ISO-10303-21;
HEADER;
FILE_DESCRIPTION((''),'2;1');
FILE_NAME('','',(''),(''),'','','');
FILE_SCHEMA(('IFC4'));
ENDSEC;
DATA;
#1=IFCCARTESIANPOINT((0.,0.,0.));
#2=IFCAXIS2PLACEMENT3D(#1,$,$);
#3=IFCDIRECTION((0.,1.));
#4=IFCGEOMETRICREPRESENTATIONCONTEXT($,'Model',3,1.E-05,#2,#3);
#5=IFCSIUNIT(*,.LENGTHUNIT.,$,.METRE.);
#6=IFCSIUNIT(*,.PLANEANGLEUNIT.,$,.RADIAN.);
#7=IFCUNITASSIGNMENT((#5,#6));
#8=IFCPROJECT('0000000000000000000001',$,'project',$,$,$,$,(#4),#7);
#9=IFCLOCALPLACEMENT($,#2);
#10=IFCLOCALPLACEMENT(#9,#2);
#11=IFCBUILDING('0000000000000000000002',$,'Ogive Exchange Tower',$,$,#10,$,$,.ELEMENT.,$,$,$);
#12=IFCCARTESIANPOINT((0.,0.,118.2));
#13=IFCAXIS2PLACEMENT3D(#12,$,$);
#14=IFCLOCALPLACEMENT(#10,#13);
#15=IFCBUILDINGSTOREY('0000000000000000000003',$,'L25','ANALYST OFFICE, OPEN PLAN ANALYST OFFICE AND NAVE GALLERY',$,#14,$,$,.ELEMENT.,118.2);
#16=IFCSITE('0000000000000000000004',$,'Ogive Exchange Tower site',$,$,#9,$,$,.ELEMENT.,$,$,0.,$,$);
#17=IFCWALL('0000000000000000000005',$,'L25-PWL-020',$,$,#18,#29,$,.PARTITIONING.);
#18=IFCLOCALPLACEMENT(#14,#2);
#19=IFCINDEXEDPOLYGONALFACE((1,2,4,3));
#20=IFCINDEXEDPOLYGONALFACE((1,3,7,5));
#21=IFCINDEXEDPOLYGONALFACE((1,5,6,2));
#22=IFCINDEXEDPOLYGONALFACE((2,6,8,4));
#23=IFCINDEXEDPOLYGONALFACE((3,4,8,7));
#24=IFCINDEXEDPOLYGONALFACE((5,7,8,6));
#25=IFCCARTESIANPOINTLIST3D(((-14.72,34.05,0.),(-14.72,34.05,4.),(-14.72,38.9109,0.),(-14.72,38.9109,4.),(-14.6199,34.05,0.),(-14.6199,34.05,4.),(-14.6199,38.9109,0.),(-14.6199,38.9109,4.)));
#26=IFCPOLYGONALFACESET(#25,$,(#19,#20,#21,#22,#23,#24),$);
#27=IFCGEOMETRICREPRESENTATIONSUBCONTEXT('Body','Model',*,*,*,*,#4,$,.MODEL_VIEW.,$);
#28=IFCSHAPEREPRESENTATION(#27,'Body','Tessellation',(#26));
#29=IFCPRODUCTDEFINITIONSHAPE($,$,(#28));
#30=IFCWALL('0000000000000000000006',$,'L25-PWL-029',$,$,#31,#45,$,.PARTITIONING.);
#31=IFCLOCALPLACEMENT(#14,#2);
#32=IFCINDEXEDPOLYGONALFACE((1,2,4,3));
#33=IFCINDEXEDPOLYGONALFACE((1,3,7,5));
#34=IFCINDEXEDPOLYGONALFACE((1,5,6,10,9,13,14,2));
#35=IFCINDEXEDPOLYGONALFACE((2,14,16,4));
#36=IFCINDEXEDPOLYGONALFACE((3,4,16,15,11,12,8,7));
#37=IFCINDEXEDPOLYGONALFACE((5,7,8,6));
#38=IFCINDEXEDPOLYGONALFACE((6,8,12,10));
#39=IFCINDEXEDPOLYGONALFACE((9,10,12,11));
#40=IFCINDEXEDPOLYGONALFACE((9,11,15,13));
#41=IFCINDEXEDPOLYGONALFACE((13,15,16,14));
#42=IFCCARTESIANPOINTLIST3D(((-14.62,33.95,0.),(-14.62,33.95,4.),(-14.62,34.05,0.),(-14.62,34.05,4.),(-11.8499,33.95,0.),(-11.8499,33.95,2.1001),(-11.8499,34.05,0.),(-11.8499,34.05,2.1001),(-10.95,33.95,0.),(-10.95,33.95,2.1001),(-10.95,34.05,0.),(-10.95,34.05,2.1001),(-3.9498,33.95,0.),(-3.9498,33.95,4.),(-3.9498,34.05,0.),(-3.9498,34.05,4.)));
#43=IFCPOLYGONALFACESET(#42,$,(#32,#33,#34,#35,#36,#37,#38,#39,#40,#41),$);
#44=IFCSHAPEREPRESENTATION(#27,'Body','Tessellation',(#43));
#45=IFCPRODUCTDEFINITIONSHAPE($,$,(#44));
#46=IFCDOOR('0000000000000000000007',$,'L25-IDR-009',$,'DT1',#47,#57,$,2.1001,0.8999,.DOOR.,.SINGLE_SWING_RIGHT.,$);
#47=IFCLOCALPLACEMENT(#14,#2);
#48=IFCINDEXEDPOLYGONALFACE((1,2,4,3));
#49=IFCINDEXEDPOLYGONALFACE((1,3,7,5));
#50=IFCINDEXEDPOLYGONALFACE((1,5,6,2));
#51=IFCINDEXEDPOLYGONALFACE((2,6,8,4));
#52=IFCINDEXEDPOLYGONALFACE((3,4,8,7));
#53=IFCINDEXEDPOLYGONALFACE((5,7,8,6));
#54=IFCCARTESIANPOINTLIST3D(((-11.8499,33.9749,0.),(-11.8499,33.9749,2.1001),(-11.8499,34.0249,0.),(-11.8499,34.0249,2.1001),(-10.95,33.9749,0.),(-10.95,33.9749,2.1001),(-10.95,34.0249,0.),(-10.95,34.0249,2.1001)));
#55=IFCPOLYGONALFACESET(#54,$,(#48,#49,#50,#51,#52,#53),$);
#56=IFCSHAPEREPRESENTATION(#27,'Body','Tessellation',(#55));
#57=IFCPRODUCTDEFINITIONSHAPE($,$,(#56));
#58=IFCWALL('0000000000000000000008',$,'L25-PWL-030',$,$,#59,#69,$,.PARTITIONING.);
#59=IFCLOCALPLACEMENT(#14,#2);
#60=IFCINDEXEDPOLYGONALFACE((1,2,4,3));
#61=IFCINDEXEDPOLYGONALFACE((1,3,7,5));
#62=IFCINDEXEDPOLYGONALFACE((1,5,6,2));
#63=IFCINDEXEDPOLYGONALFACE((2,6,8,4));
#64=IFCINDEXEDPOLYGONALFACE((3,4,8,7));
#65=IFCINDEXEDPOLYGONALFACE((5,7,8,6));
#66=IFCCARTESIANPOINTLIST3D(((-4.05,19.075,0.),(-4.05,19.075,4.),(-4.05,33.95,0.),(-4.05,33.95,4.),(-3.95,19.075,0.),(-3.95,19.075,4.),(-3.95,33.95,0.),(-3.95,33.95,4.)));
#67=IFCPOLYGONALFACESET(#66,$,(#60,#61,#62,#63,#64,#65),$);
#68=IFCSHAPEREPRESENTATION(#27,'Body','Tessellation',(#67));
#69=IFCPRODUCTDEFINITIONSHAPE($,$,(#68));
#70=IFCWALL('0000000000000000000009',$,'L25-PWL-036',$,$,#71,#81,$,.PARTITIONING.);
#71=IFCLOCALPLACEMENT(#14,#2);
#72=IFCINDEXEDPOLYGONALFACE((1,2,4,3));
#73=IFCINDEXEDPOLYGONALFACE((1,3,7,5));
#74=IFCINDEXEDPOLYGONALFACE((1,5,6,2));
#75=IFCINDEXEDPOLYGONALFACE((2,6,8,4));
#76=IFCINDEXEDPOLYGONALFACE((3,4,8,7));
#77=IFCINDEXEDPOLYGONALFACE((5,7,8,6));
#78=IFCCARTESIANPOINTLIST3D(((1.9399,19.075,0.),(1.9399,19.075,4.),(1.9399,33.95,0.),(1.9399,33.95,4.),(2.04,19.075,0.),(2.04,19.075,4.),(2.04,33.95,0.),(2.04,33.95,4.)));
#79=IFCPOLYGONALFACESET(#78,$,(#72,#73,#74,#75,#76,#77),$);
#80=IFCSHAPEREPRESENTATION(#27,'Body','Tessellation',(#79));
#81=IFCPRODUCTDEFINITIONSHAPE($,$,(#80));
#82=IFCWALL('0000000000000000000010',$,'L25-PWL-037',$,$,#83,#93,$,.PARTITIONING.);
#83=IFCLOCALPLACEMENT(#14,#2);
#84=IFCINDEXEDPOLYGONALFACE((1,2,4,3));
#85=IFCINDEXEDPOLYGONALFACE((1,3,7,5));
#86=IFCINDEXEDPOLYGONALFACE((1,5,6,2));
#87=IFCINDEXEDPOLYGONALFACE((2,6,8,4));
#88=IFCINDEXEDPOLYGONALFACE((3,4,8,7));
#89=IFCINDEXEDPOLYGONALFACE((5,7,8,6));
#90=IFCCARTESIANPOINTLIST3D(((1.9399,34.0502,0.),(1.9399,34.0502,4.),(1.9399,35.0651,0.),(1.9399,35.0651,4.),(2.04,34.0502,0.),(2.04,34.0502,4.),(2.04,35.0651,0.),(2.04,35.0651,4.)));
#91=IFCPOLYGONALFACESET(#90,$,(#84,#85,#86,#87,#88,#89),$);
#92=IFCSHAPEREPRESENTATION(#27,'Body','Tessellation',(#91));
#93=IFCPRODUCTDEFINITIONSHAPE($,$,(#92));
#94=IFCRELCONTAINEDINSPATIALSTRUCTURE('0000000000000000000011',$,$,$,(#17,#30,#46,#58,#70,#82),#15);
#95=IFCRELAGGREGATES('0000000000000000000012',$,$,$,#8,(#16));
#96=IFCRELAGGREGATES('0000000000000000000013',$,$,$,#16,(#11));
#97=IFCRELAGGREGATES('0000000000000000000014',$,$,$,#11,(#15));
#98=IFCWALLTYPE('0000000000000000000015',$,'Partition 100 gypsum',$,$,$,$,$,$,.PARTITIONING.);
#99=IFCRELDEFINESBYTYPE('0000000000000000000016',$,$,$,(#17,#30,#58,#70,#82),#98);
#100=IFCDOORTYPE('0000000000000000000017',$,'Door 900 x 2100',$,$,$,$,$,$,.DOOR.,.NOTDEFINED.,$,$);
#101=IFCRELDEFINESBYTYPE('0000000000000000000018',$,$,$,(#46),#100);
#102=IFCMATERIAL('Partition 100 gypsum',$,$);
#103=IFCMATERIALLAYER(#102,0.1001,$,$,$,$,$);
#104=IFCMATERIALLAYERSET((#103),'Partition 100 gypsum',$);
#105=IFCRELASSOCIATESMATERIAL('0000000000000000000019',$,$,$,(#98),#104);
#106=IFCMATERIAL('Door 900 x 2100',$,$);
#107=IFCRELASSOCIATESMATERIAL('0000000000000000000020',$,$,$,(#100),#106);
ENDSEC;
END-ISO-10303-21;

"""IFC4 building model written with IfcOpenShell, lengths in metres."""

from ifc_helpers import new_model, si_unit, direction, frame, frame_2d, origin, place, context, subcontext, project, spatial, rectangle, extrude, material, layer, layer_set, type_object, element, fill, save


model = new_model("IFC4")

# Units and contexts
model_context = context("Model", 3, precision=1e-05, world=origin(), true_north=direction((0.0, 1.0)))
body_context = subcontext(model_context, "Body", "Model", "MODEL_VIEW")
ifc_project = project(units=[si_unit("LENGTHUNIT", "METRE"), si_unit("PLANEANGLEUNIT", "RADIAN")], contexts=[model_context])

# Site, building, storey
site_placement = place(None, origin())
site = spatial("IfcSite", under=ifc_project, at=site_placement, Name="Ogive Exchange Tower site", CompositionType="ELEMENT", RefElevation=0.0)
building_placement = place(site_placement, origin())
building = spatial("IfcBuilding", under=site, at=building_placement, Name="Ogive Exchange Tower", CompositionType="ELEMENT")
storey_placement = place(building_placement, frame((0.0, 0.0, 118.2)))
storey = spatial("IfcBuildingStorey", under=building, at=storey_placement, Name="L25", Description="ANALYST OFFICE, OPEN PLAN ANALYST OFFICE AND NAVE GALLERY", CompositionType="ELEMENT", Elevation=118.2)

# Wall
ifc_material_1 = material(Name="Partition 100 gypsum")
ifc_layer_1 = layer(ifc_material_1, 0.1001)
ifc_layer_set_1 = layer_set([ifc_layer_1], Name="Partition 100 gypsum")
wall_type_1 = type_object("IfcWallType", Name="Partition 100 gypsum", PredefinedType="PARTITIONING", material=ifc_layer_set_1)
wall_1_placement = place(storey_placement, frame((-14.6699, 34.05, 0.0), z_axis=(0.0, 0.0, 1.0), x_axis=(0.0, 1.0, 0.0)))
element("IfcWall", 1, at=wall_1_placement, inside=storey, type_object=wall_type_1, Name="L25-PWL-020", PredefinedType="PARTITIONING", context=body_context, shape_type="SweptSolid", body=[
    extrude(rectangle(XDim=4.8608, YDim=0.1001, at=frame_2d((2.4304, 0.0))), origin(), (0.0, 0.0, 1.0), 4.0),
])

# Wall, opening, door
wall_2_placement = place(storey_placement, frame((-3.95, 34.0, 0.0), z_axis=(0.0, 0.0, 1.0), x_axis=(-1.0, 0.0, 0.0)))
wall_2 = element("IfcWall", 2, at=wall_2_placement, inside=storey, type_object=wall_type_1, Name="L25-PWL-029", PredefinedType="PARTITIONING", context=body_context, shape_type="SweptSolid", body=[
    extrude(rectangle(XDim=10.6702, YDim=0.1001, at=frame_2d((5.335, 0.0))), origin(), (0.0, 0.0, 1.0), 4.0),
])
opening_1_placement = place(wall_2_placement, frame((7.0, 0.0, 0.0)))
opening_1 = element("IfcOpeningElement", 3, at=opening_1_placement, cuts=wall_2, PredefinedType="OPENING", context=body_context, shape_type="SweptSolid", body=[
    extrude(rectangle(XDim=0.8999, YDim=2.1001, at=frame_2d((0.45, 1.05))), frame((0.0, 0.0601, 0.0), z_axis=(0.0, -1.0, 0.0), x_axis=(1.0, 0.0, 0.0)), (0.0, 0.0, 1.0), 0.1201),
])
ifc_material_2 = material(Name="Door 900 x 2100")
door_type_1 = type_object("IfcDoorType", Name="Door 900 x 2100", OperationType="NOTDEFINED", PredefinedType="DOOR", material=ifc_material_2)
door_1_placement = place(opening_1_placement, frame((0.8999, 0.0, 0.0), z_axis=(0.0, 0.0, 1.0), x_axis=(-1.0, 0.0, 0.0)))
door_1 = element("IfcDoor", 4, at=door_1_placement, inside=storey, type_object=door_type_1, Name="L25-IDR-009", ObjectType="DT1", OperationType="SINGLE_SWING_RIGHT", OverallHeight=2.1001, OverallWidth=0.8999, PredefinedType="DOOR", context=body_context, shape_type="SweptSolid", body=[
    extrude(rectangle(XDim=0.8999, YDim=2.1001, at=frame_2d((0.45, 1.05))), frame((0.0, 0.0249, 0.0), z_axis=(0.0, -1.0, 0.0), x_axis=(1.0, 0.0, 0.0)), (0.0, 0.0, 1.0), 0.05),
])
fill(opening_1, door_1)

# Walls
for number, where, z_axis, x_axis, name in (
    (5, (-4.0, 33.95, 0.0), (0.0, 0.0, 1.0), (0.0, -1.0, 0.0), "L25-PWL-030"),
    (6, (1.99, 33.95, 0.0), (0.0, 0.0, 1.0), (0.0, -1.0, 0.0), "L25-PWL-036"),
):
    element("IfcWall", number, at=place(storey_placement, frame(where, z_axis=z_axis, x_axis=x_axis)), inside=storey, type_object=wall_type_1, Name=name, PredefinedType="PARTITIONING", context=body_context, shape_type="SweptSolid", body=[
        extrude(rectangle(XDim=14.875, YDim=0.1001, at=frame_2d((7.4375, 0.0))), origin(), (0.0, 0.0, 1.0), 4.0),
    ])
wall_3_placement = place(storey_placement, frame((1.99, 35.0649, 0.0), z_axis=(0.0, 0.0, 1.0), x_axis=(0.0, -1.0, 0.0)))
element("IfcWall", 7, at=wall_3_placement, inside=storey, type_object=wall_type_1, Name="L25-PWL-037", PredefinedType="PARTITIONING", context=body_context, shape_type="SweptSolid", body=[
    extrude(rectangle(XDim=1.0149, YDim=0.1001, at=frame_2d((0.5073, 0.0))), origin(), (0.0, 0.0, 1.0), 4.0),
])

save(model, "model.ifc")
